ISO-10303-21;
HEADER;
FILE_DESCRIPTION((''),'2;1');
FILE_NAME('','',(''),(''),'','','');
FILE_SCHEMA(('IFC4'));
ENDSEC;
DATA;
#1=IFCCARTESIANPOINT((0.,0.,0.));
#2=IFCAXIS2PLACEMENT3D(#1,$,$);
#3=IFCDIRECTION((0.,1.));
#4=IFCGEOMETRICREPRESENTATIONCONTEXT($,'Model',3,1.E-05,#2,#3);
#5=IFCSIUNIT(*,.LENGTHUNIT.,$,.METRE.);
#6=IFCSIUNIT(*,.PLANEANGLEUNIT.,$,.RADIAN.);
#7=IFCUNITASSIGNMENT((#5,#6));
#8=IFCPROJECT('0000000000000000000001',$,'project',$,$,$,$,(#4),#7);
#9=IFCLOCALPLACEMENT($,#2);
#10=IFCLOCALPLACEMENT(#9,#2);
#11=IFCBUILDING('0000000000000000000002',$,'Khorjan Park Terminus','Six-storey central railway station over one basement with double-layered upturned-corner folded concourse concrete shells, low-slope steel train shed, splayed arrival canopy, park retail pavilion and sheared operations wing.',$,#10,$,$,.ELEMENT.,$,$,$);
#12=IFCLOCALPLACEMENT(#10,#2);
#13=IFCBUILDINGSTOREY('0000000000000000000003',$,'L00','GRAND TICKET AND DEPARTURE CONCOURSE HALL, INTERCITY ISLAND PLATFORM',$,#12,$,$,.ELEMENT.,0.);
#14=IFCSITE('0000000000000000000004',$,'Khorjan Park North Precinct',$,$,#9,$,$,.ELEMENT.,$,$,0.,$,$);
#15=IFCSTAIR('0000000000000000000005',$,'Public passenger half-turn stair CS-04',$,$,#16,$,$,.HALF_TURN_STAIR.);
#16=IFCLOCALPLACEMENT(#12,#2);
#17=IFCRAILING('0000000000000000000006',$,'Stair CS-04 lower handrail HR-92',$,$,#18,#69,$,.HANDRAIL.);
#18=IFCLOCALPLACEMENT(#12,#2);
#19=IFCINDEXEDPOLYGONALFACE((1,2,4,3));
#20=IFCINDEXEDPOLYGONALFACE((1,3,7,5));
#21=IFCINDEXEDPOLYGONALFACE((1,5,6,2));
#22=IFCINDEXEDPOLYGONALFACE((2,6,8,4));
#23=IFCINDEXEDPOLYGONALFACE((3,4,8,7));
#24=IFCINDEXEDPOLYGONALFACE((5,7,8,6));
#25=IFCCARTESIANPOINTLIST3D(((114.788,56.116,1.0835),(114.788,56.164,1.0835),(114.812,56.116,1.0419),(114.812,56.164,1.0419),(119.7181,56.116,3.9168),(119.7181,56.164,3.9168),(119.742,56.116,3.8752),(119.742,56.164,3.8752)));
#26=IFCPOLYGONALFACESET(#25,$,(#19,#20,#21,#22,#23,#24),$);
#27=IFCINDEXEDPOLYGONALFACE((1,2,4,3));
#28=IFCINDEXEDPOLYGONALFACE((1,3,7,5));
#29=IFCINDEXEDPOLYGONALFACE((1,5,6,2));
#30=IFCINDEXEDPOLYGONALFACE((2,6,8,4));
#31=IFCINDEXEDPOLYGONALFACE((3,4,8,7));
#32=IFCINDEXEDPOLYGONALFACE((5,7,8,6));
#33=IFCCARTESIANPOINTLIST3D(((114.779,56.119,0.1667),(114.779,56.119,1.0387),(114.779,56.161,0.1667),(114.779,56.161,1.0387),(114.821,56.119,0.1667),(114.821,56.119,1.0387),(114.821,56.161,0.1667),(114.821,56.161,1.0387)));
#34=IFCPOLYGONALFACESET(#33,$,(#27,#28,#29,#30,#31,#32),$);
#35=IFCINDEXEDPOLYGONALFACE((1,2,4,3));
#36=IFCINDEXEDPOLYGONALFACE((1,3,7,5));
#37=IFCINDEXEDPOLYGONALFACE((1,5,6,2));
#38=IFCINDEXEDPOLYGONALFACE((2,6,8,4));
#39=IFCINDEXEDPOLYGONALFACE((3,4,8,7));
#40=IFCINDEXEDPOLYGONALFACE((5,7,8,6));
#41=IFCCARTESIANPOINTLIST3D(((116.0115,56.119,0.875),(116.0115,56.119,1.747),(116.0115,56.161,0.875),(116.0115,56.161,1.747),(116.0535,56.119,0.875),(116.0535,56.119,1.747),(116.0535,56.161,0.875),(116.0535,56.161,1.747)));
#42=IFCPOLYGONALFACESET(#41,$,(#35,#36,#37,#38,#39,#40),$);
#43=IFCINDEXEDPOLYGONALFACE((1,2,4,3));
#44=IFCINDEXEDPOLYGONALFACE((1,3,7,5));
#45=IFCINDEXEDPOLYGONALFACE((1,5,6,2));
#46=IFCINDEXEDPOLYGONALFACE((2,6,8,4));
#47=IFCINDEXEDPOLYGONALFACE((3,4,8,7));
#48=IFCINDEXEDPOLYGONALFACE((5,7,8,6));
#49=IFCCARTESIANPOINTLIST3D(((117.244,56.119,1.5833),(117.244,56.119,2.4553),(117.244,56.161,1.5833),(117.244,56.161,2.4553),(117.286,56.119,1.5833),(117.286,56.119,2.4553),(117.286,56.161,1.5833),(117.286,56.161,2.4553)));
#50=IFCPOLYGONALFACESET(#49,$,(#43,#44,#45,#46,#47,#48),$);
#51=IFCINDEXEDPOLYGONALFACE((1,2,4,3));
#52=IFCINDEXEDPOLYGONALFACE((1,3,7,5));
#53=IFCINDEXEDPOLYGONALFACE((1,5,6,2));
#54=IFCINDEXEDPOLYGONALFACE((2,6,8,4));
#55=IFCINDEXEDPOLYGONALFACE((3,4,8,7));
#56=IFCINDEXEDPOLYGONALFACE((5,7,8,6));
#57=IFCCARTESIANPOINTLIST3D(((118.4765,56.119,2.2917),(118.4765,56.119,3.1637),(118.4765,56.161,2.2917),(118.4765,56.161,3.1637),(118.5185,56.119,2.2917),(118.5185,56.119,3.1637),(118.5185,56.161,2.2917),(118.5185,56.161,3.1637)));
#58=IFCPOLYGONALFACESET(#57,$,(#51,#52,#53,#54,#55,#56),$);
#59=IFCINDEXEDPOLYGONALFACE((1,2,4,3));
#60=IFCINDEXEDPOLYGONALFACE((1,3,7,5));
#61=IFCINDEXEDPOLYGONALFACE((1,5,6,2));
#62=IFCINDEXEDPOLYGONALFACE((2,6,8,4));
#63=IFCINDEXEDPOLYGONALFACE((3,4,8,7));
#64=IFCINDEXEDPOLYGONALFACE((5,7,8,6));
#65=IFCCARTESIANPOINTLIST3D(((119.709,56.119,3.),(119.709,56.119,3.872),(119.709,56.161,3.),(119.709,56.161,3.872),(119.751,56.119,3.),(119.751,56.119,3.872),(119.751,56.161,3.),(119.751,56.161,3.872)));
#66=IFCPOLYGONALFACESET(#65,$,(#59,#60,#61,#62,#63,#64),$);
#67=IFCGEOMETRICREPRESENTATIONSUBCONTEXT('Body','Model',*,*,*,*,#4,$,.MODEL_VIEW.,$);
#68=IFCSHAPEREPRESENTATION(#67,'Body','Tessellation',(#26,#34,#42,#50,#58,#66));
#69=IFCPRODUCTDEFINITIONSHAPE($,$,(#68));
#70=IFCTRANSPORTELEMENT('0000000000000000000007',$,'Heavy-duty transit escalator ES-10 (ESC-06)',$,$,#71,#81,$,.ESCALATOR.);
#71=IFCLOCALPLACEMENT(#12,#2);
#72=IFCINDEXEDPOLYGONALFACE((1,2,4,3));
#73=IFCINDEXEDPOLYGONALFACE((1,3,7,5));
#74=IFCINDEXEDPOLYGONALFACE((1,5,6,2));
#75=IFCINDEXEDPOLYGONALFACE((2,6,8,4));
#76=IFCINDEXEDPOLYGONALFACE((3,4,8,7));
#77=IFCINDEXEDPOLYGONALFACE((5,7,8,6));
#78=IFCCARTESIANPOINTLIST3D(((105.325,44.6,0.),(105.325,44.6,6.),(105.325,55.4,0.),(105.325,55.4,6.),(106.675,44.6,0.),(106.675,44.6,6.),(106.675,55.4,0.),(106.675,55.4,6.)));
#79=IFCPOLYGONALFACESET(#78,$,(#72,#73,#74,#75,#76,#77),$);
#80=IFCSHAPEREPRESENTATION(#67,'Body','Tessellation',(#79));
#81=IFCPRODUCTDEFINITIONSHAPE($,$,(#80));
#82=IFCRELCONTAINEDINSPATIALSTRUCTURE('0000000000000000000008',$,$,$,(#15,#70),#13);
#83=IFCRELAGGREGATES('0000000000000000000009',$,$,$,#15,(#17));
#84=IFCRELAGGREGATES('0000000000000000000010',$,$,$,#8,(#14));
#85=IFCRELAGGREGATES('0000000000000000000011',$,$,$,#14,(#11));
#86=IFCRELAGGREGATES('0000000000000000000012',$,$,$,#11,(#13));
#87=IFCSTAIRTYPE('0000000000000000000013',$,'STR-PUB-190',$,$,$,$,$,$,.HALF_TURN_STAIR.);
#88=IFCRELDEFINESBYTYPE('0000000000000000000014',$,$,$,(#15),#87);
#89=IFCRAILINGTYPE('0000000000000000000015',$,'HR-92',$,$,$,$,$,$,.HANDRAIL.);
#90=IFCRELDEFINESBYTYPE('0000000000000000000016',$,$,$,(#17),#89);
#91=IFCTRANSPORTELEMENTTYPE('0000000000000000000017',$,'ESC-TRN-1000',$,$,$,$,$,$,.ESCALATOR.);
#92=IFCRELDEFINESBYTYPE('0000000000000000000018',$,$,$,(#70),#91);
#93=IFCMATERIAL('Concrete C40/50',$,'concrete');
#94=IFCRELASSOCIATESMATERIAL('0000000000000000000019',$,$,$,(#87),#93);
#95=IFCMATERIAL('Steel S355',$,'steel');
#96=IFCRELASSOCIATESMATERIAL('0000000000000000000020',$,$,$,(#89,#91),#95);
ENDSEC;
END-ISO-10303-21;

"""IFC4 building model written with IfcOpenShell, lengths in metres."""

from ifc_helpers import new_model, si_unit, direction, frame, origin, origin_2d, place, context, subcontext, project, spatial, rectangle, extrude, material, type_object, element, aggregate, save


model = new_model("IFC4")

# Units and contexts
model_context = context("Model", 3, precision=1e-05, world=origin(), true_north=direction((0.0, 1.0)))
body_context = subcontext(model_context, "Body", "Model", "MODEL_VIEW")
ifc_project = project(units=[si_unit("LENGTHUNIT", "METRE"), si_unit("PLANEANGLEUNIT", "RADIAN")], contexts=[model_context])

# Site, building, storey
site_placement = place(None, origin())
site = spatial("IfcSite", under=ifc_project, at=site_placement, Name="Khorjan Park North Precinct", CompositionType="ELEMENT", RefElevation=0.0)
building_placement = place(site_placement, origin())
building = spatial("IfcBuilding", under=site, at=building_placement, Name="Khorjan Park Terminus", Description="Six-storey central railway station over one basement with double-layered upturned-corner folded concourse concrete shells, low-slope steel train shed, splayed arrival canopy, park retail pavilion and sheared operations wing.", CompositionType="ELEMENT")
storey_placement = place(building_placement, origin())
storey = spatial("IfcBuildingStorey", under=building, at=storey_placement, Name="L00", Description="GRAND TICKET AND DEPARTURE CONCOURSE HALL, INTERCITY ISLAND PLATFORM", CompositionType="ELEMENT", Elevation=0.0)

# Shared definitions
ifc_material_1 = material(Name="Steel S355", Category="steel")
ifc_material_2 = material(Name="Concrete C40/50", Category="concrete")

# Stair
stair_type = type_object("IfcStairType", Name="STR-PUB-190", PredefinedType="HALF_TURN_STAIR", material=ifc_material_2)
stair_placement = place(storey_placement, origin())
stair = element("IfcStair", 1, at=stair_placement, inside=storey, type_object=stair_type, Name="Public passenger half-turn stair CS-04", PredefinedType="HALF_TURN_STAIR")

# Railing
railing_type_1 = type_object("IfcRailingType", Name="HR-92", PredefinedType="HANDRAIL", material=ifc_material_1)
railing_1_placement = place(storey_placement, frame((114.8, 56.14, 0.1667)))
railing_1 = element("IfcRailing", 2, at=railing_1_placement, type_object=railing_type_1, Name="Stair CS-04 lower handrail HR-92", PredefinedType="HANDRAIL", context=body_context, shape_type="SweptSolid", body=[
    extrude(rectangle(XDim=0.048, YDim=0.048, at=origin_2d()), frame((0.0, 0.0, 0.896), z_axis=(0.867016, 0.0, 0.498279), x_axis=(0.0, 1.0, 0.0)), (0.0, 0.0, 1.0), 5.6862),
    extrude(rectangle(XDim=0.042, YDim=0.042, at=origin_2d()), origin(), (0.0, 0.0, 1.0), 0.872),
    extrude(rectangle(XDim=0.042, YDim=0.042, at=origin_2d()), frame((1.2325, 0.0, 0.7083)), (0.0, 0.0, 1.0), 0.872),
    extrude(rectangle(XDim=0.042, YDim=0.042, at=origin_2d()), frame((2.465, 0.0, 1.4166)), (0.0, 0.0, 1.0), 0.872),
    extrude(rectangle(XDim=0.042, YDim=0.042, at=origin_2d()), frame((3.6975, 0.0, 2.125)), (0.0, 0.0, 1.0), 0.872),
    extrude(rectangle(XDim=0.042, YDim=0.042, at=origin_2d()), frame((4.93, 0.0, 2.8333)), (0.0, 0.0, 1.0), 0.872),
])
aggregate(stair, [railing_1])

# Transport element
transport_element_type = type_object("IfcTransportElementType", Name="ESC-TRN-1000", PredefinedType="ESCALATOR", material=ifc_material_1)
transport_element_placement = place(storey_placement, frame((106.0, 50.0, 0.0), z_axis=(0.0, 0.0, 1.0), x_axis=(1.0, 0.0, 0.0)))
element("IfcTransportElement", 3, at=transport_element_placement, inside=storey, type_object=transport_element_type, Name="Heavy-duty transit escalator ES-10 (ESC-06)", PredefinedType="ESCALATOR", context=body_context, shape_type="SweptSolid", body=[
    extrude(rectangle(XDim=1.35, YDim=10.8, at=origin_2d()), origin(), (0.0, 0.0, 1.0), 6.0),
])

save(model, "model.ifc")
